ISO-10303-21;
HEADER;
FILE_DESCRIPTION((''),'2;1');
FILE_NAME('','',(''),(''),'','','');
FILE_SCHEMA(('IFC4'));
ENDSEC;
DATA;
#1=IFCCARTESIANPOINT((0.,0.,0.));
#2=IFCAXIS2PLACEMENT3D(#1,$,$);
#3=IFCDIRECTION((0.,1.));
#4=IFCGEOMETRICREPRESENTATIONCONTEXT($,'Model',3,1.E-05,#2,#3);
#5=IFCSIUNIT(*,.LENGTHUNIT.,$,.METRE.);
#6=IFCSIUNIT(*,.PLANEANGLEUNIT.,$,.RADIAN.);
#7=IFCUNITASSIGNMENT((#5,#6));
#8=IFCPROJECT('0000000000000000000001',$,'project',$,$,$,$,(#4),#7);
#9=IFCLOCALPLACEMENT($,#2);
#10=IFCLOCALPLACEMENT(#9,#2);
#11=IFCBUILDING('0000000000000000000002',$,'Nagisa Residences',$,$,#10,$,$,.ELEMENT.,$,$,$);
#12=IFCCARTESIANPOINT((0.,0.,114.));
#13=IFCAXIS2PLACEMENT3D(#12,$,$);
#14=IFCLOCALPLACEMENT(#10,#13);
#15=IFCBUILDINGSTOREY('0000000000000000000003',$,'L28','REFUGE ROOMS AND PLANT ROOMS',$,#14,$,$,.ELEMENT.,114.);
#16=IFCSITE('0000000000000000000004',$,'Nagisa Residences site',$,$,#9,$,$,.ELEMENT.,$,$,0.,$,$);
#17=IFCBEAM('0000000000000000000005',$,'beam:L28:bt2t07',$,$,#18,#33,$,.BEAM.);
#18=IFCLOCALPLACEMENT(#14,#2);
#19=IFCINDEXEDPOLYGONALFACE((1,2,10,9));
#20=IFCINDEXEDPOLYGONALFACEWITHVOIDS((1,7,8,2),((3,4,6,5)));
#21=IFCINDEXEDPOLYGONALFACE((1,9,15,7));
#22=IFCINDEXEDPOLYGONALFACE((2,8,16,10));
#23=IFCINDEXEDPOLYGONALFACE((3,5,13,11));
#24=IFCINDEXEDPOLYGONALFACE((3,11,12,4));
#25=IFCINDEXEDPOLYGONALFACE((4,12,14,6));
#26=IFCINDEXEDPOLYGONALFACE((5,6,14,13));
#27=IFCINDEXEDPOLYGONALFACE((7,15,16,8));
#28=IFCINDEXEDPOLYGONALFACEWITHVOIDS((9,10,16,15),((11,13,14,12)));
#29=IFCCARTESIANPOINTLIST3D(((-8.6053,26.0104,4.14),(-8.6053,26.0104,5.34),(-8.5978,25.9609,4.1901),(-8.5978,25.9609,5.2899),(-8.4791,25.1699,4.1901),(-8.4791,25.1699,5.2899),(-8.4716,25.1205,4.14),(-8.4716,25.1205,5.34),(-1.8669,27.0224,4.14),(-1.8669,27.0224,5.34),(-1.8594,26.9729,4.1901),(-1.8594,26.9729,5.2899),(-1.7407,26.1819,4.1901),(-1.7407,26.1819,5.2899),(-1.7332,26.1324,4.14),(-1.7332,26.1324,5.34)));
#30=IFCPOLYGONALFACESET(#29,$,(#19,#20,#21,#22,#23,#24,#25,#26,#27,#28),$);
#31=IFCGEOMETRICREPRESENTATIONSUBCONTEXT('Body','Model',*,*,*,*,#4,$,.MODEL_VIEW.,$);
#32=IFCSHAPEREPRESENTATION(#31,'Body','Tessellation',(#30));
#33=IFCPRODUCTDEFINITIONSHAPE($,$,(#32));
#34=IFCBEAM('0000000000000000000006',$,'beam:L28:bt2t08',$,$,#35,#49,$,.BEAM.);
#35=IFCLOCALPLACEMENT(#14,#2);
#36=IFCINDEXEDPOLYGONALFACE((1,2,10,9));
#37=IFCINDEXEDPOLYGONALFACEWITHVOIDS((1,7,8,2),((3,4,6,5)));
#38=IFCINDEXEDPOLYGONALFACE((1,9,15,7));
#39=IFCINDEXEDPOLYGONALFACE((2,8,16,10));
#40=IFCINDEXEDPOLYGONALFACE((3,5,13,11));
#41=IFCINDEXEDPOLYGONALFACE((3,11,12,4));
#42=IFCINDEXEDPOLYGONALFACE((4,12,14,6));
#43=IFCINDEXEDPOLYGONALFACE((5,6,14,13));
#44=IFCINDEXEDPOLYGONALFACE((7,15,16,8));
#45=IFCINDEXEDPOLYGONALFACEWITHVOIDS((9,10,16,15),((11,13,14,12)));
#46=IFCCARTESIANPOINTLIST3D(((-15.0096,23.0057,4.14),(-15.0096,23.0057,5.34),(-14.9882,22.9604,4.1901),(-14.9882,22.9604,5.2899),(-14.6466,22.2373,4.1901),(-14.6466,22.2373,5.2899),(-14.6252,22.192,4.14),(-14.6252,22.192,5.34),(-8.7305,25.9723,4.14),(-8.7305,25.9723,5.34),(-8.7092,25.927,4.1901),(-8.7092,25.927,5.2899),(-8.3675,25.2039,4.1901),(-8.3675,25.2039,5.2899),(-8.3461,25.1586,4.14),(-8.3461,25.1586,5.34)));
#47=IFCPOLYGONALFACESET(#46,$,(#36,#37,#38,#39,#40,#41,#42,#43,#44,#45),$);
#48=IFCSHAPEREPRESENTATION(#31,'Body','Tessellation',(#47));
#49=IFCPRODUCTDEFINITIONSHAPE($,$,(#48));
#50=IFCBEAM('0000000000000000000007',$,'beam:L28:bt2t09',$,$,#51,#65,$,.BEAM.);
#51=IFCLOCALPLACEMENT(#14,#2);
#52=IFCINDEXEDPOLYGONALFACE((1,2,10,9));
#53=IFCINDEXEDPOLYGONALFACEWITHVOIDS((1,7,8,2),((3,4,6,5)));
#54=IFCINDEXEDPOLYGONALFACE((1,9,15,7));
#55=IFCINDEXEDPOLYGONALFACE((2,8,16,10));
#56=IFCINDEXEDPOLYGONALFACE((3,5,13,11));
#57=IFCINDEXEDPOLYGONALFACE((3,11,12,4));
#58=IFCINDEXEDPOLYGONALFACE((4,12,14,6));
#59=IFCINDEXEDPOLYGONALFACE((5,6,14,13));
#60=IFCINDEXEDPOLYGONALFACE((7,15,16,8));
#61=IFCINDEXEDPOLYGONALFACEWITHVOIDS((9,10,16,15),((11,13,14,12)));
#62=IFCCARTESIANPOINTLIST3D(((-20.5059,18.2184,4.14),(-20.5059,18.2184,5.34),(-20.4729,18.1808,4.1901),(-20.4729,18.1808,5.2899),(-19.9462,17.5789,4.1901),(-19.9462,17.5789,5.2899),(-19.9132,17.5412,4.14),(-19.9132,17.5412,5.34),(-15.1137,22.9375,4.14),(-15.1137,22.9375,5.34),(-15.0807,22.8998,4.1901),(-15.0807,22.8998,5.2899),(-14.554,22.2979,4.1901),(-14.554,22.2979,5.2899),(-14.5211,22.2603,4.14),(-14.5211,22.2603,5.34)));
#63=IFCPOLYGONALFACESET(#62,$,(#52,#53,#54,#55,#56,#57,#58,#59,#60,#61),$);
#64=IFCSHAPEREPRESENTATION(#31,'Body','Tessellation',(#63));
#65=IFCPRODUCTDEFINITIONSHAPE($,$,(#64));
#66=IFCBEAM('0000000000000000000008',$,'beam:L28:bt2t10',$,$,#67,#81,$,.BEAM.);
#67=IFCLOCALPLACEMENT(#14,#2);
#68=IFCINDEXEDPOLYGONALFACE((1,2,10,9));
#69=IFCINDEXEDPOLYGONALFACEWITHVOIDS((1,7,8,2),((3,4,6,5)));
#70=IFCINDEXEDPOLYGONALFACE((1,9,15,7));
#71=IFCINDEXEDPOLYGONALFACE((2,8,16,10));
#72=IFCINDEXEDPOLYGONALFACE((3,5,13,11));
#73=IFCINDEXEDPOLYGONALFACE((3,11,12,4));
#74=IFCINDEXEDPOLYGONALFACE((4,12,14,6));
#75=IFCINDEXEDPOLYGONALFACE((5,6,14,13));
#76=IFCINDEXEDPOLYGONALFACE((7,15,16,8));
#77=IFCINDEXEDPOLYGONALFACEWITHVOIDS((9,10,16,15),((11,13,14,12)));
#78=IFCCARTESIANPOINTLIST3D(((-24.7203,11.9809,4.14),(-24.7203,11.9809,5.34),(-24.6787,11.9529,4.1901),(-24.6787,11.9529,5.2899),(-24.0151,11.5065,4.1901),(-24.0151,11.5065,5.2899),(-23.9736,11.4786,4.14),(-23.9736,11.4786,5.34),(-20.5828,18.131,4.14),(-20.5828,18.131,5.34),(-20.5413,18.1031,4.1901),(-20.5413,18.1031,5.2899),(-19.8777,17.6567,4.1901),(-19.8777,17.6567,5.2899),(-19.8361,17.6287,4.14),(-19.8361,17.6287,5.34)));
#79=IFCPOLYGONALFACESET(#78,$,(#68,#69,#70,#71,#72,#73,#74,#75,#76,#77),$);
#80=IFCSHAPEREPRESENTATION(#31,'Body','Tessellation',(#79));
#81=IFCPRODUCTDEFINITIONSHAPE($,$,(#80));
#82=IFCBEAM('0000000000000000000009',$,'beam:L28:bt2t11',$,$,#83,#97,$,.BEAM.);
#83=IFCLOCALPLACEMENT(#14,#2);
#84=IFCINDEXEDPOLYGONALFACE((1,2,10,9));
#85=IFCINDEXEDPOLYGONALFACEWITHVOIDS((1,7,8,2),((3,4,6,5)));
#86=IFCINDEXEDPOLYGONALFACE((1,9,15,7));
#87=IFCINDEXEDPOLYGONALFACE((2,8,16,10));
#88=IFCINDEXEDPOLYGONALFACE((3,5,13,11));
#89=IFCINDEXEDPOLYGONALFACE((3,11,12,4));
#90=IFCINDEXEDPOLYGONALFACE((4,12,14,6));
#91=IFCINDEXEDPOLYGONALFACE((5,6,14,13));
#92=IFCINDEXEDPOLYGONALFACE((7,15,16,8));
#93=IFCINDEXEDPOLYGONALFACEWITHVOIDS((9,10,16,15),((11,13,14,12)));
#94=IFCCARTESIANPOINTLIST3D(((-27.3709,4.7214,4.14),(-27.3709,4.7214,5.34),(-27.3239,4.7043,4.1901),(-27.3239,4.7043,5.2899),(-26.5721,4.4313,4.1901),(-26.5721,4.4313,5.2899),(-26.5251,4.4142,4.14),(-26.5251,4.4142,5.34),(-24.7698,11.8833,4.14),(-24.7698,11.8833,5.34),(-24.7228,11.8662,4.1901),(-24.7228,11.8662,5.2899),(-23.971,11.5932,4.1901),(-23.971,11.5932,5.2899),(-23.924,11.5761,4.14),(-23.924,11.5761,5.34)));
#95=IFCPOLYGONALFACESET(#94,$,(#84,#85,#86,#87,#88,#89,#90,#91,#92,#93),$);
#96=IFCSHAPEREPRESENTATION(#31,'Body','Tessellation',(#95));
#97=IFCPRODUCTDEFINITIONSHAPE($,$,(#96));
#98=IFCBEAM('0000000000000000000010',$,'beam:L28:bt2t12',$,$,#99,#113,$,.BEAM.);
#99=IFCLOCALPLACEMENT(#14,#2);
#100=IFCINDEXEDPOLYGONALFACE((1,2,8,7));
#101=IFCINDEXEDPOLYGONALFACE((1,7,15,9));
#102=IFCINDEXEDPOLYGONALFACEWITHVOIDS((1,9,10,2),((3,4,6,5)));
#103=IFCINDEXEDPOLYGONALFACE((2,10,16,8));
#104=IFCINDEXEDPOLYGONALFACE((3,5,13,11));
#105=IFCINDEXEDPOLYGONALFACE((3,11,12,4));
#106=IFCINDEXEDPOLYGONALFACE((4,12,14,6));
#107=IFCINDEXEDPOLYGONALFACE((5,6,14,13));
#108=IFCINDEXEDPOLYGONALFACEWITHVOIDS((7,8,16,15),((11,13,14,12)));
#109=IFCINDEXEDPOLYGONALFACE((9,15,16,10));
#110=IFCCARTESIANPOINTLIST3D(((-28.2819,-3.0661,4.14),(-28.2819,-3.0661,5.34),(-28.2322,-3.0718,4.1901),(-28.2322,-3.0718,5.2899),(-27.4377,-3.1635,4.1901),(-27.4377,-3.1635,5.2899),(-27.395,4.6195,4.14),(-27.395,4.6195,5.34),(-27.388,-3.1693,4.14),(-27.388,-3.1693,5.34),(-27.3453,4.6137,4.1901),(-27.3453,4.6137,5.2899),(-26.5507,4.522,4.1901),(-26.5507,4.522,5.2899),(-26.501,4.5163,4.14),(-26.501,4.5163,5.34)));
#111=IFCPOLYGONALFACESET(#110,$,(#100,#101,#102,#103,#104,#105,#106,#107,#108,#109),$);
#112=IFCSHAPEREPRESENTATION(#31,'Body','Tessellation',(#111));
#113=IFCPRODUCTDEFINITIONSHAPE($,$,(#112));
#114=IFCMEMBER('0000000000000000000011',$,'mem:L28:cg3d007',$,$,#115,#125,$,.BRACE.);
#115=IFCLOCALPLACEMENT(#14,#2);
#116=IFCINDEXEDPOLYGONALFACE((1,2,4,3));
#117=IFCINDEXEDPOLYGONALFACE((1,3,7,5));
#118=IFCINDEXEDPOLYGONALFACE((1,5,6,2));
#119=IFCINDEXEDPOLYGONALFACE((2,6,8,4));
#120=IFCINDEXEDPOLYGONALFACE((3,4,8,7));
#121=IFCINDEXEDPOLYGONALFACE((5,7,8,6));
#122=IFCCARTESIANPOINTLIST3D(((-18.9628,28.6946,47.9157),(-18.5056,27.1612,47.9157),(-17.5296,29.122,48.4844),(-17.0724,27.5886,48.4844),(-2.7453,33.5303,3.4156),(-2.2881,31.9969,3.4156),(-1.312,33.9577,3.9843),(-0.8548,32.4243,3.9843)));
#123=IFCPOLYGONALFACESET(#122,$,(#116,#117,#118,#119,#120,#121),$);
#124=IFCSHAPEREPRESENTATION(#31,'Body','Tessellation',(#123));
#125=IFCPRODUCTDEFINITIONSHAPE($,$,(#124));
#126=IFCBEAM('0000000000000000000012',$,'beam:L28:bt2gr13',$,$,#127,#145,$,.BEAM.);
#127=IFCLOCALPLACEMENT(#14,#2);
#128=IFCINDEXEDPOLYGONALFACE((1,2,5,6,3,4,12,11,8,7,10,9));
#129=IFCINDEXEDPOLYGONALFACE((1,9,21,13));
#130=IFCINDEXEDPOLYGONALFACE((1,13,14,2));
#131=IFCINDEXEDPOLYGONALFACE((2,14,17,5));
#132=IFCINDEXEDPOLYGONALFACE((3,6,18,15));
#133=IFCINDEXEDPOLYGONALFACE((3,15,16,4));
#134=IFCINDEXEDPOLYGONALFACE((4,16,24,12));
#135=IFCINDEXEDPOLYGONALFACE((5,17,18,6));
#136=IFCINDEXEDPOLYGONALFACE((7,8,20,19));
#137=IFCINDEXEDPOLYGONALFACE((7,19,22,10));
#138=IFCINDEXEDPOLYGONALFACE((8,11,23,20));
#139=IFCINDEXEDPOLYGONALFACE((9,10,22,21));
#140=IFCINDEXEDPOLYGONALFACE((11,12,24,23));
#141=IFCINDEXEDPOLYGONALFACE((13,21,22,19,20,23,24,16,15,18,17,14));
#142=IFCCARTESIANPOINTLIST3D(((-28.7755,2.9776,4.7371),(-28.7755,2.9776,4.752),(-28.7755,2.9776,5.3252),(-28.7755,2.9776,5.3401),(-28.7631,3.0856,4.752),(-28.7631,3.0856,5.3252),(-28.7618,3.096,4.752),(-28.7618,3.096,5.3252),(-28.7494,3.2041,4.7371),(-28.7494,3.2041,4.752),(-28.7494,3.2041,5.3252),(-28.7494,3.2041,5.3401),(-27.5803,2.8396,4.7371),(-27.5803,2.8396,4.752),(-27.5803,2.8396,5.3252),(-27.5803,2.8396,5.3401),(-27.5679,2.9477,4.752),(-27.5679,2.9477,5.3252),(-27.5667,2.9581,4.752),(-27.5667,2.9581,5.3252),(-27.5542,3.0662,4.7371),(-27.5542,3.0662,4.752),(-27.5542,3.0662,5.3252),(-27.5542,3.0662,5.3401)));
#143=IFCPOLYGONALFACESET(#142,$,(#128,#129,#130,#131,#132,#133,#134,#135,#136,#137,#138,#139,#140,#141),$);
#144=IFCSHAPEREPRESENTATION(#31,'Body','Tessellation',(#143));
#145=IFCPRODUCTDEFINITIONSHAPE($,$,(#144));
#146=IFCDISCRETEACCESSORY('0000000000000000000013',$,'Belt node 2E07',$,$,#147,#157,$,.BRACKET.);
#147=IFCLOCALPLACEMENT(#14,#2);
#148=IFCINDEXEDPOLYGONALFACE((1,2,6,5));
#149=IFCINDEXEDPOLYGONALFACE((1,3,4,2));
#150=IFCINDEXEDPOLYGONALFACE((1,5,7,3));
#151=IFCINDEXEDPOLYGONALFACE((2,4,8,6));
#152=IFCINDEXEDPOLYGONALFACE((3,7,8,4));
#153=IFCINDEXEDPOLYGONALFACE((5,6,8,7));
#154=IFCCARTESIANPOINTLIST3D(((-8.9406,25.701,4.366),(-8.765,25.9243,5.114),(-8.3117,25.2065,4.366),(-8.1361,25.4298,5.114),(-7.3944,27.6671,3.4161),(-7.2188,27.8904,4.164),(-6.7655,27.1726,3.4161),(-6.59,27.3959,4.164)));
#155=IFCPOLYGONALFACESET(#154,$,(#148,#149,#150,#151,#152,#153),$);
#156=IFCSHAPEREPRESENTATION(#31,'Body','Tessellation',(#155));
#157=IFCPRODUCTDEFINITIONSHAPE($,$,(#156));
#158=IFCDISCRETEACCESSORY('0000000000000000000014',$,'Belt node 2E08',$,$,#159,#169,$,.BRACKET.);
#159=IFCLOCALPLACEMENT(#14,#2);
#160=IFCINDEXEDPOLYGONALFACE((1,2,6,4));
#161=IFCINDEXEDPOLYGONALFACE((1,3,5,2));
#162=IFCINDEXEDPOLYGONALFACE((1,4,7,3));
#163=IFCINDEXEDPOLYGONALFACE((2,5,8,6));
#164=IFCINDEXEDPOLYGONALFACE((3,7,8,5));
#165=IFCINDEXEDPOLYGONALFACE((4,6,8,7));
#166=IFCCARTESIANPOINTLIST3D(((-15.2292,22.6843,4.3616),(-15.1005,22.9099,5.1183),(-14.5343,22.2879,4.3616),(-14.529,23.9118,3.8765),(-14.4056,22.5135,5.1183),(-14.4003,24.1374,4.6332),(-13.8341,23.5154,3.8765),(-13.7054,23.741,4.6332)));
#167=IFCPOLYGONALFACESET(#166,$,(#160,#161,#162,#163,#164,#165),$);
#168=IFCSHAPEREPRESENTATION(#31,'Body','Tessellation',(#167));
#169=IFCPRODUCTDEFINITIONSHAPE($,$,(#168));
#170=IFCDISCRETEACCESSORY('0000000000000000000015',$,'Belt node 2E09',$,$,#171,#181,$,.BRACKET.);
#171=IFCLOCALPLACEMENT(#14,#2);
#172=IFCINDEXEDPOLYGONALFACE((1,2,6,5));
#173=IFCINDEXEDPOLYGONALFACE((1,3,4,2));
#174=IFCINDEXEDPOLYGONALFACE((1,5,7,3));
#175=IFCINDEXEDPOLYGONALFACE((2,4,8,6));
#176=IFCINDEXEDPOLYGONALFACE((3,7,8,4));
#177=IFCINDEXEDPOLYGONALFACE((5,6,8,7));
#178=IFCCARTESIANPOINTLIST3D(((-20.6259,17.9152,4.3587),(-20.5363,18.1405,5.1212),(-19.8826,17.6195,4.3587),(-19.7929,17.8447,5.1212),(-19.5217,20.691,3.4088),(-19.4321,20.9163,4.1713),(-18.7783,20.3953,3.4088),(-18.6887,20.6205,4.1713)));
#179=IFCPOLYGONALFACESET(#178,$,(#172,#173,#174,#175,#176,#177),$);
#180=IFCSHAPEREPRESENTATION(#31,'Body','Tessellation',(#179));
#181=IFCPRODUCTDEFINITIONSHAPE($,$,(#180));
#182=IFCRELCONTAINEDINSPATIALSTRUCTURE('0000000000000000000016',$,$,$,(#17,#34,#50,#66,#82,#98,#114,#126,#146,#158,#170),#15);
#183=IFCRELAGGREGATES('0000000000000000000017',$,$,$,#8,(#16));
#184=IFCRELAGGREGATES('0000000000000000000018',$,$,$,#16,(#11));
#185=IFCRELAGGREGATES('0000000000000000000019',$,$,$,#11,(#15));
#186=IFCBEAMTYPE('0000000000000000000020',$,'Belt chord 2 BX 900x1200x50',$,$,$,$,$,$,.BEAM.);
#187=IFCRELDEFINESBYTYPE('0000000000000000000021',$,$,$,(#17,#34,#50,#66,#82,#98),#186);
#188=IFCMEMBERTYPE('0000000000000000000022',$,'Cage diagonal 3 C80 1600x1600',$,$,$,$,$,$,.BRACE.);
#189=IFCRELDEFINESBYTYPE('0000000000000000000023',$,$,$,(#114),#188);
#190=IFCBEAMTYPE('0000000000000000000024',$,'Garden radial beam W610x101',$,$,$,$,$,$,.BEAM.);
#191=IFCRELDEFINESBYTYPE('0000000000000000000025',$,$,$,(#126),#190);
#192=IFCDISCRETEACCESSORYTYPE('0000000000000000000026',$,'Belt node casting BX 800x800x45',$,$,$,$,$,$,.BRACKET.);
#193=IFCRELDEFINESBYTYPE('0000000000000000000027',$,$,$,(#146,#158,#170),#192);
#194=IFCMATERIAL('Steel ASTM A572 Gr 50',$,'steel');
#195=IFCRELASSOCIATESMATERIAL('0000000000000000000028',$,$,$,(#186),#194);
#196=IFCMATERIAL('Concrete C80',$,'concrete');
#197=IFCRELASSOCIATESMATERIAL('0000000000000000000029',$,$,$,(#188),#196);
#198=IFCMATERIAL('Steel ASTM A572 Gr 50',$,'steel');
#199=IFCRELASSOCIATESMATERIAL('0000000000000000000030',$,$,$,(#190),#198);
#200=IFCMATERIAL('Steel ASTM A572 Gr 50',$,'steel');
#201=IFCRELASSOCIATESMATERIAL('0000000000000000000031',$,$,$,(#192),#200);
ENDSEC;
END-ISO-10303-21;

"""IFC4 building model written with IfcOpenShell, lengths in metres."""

from ifc_helpers import new_model, si_unit, direction, frame, origin, origin_2d, place, context, subcontext, project, spatial, rectangle, hollow_rectangle, i_section, extrude, material, material_profile, profile_set, type_object, element, save


model = new_model("IFC4")

# Units and contexts
model_context = context("Model", 3, precision=1e-05, world=origin(), true_north=direction((0.0, 1.0)))
body_context = subcontext(model_context, "Body", "Model", "MODEL_VIEW")
ifc_project = project(units=[si_unit("LENGTHUNIT", "METRE"), si_unit("PLANEANGLEUNIT", "RADIAN")], contexts=[model_context])

# Site, building, storey
site_placement = place(None, origin())
site = spatial("IfcSite", under=ifc_project, at=site_placement, Name="Nagisa Residences site", CompositionType="ELEMENT", RefElevation=0.0)
building_placement = place(site_placement, origin())
building = spatial("IfcBuilding", under=site, at=building_placement, Name="Nagisa Residences", CompositionType="ELEMENT")
storey_placement = place(building_placement, frame((0.0, 0.0, 114.0)))
storey = spatial("IfcBuildingStorey", under=building, at=storey_placement, Name="L28", Description="REFUGE ROOMS AND PLANT ROOMS", CompositionType="ELEMENT", Elevation=114.0)

# Beams
ifc_material_1 = material(Name="Steel ASTM A572 Gr 50", Category="steel")
ifc_material_profile_1 = material_profile(ifc_material_1, hollow_rectangle(XDim=0.8999, YDim=1.2, WallThickness=0.05, at=origin_2d()), Name="BX 900x1200x50")
ifc_profile_set_1 = profile_set([ifc_material_profile_1], Name="Steel ASTM A572 Gr 50")
beam_type_1 = type_object("IfcBeamType", Name="Belt chord 2 BX 900x1200x50", PredefinedType="BEAM", material=ifc_profile_set_1)
beam_1_placement = place(storey_placement, frame((-1.8, 26.5774, 4.74), z_axis=(-0.98891, -0.148516, 0.0), x_axis=(0.148516, -0.98891, 0.0)))
element("IfcBeam", 1, at=beam_1_placement, inside=storey, type_object=beam_type_1, Name="beam:L28:bt2t07", PredefinedType="BEAM", context=body_context, shape_type="SweptSolid", body=[
    extrude(hollow_rectangle(XDim=0.8999, YDim=1.2, WallThickness=0.05, at=origin_2d()), origin(), (0.0, 0.0, 1.0), 6.814),
])
beam_2_placement = place(storey_placement, frame((-8.5383, 25.5654, 4.74), z_axis=(-0.904168, -0.427176, 0.0), x_axis=(0.427176, -0.904168, 0.0)))
element("IfcBeam", 2, at=beam_2_placement, inside=storey, type_object=beam_type_1, Name="beam:L28:bt2t08", PredefinedType="BEAM", context=body_context, shape_type="SweptSolid", body=[
    extrude(hollow_rectangle(XDim=0.8999, YDim=1.2, WallThickness=0.05, at=origin_2d()), origin(), (0.0, 0.0, 1.0), 6.9446),
])
beam_3_placement = place(storey_placement, frame((-14.8174, 22.5989, 4.74), z_axis=(-0.752513, -0.658577, 0.0), x_axis=(0.658577, -0.752513, 0.0)))
element("IfcBeam", 3, at=beam_3_placement, inside=storey, type_object=beam_type_1, Name="beam:L28:bt2t09", PredefinedType="BEAM", context=body_context, shape_type="SweptSolid", body=[
    extrude(hollow_rectangle(XDim=0.8999, YDim=1.2, WallThickness=0.05, at=origin_2d()), origin(), (0.0, 0.0, 1.0), 7.1655),
])
beam_4_placement = place(storey_placement, frame((-20.2095, 17.8799, 4.74), z_axis=(-0.558184, -0.829717, 0.0), x_axis=(0.829717, -0.558184, 0.0)))
element("IfcBeam", 4, at=beam_4_placement, inside=storey, type_object=beam_type_1, Name="beam:L28:bt2t10", PredefinedType="BEAM", context=body_context, shape_type="SweptSolid", body=[
    extrude(hollow_rectangle(XDim=0.8999, YDim=1.2, WallThickness=0.05, at=origin_2d()), origin(), (0.0, 0.0, 1.0), 7.4124),
])
beam_5_placement = place(storey_placement, frame((-24.3469, 11.7297, 4.74), z_axis=(-0.341367, -0.93993, 0.0), x_axis=(0.93993, -0.341367, 0.0)))
element("IfcBeam", 5, at=beam_5_placement, inside=storey, type_object=beam_type_1, Name="beam:L28:bt2t11", PredefinedType="BEAM", context=body_context, shape_type="SweptSolid", body=[
    extrude(hollow_rectangle(XDim=0.8999, YDim=1.2, WallThickness=0.05, at=origin_2d()), origin(), (0.0, 0.0, 1.0), 7.6196),
])
beam_6_placement = place(storey_placement, frame((-26.948, 4.5679, 4.74), z_axis=(-0.114646, -0.993406, 0.0), x_axis=(0.993406, -0.114646, 0.0)))
element("IfcBeam", 6, at=beam_6_placement, inside=storey, type_object=beam_type_1, Name="beam:L28:bt2t12", PredefinedType="BEAM", context=body_context, shape_type="SweptSolid", body=[
    extrude(hollow_rectangle(XDim=0.8999, YDim=1.2, WallThickness=0.05, at=origin_2d()), origin(), (0.0, 0.0, 1.0), 7.7366),
])

# Member
ifc_material_2 = material(Name="Concrete C80", Category="concrete")
ifc_material_profile_2 = material_profile(ifc_material_2, rectangle(XDim=1.6001, YDim=1.6001, at=origin_2d()), Name="C80 1600x1600")
ifc_profile_set_2 = profile_set([ifc_material_profile_2], Name="Concrete C80")
member_type = type_object("IfcMemberType", Name="Cage diagonal 3 C80 1600x1600", PredefinedType="BRACE", material=ifc_profile_set_2)
member_placement = place(storey_placement, frame((-1.8, 32.9773, 3.7), z_axis=(-0.340638, -0.10157, 0.934692), x_axis=(0.285745, -0.958306, 0.0)))
element("IfcMember", 7, at=member_placement, inside=storey, type_object=member_type, Name="mem:L28:cg3d007", PredefinedType="BRACE", context=body_context, shape_type="SweptSolid", body=[
    extrude(rectangle(XDim=1.6001, YDim=1.6001, at=origin_2d()), origin(), (0.0, 0.0, 1.0), 47.6094),
])

# Beam
ifc_material_3 = material(Name="Steel ASTM A572 Gr 50", Category="steel")
ifc_material_profile_3 = material_profile(ifc_material_3, i_section(OverallWidth=0.228, OverallDepth=0.603, WebThickness=0.0105, FlangeThickness=0.0149, at=origin_2d()), Name="W610x101")
ifc_profile_set_3 = profile_set([ifc_material_profile_3], Name="Steel ASTM A572 Gr 50")
beam_type_2 = type_object("IfcBeamType", Name="Garden radial beam W610x101", PredefinedType="BEAM", material=ifc_profile_set_3)
beam_7_placement = place(storey_placement, frame((-28.7625, 3.0908, 5.0386), z_axis=(0.993407, -0.11464, 0.0), x_axis=(0.11464, 0.993407, 0.0)))
element("IfcBeam", 8, at=beam_7_placement, inside=storey, type_object=beam_type_2, Name="beam:L28:bt2gr13", PredefinedType="BEAM", context=body_context, shape_type="SweptSolid", body=[
    extrude(i_section(OverallWidth=0.228, OverallDepth=0.603, WebThickness=0.0105, FlangeThickness=0.0149, at=origin_2d()), origin(), (0.0, 0.0, 1.0), 1.2031),
])

# Discrete accessories
ifc_material_4 = material(Name="Steel ASTM A572 Gr 50", Category="steel")
discrete_accessory_type_1 = type_object("IfcDiscreteAccessoryType", Name="Belt node casting BX 800x800x45", PredefinedType="BRACKET", material=ifc_material_4)
discrete_accessory_1_placement = place(storey_placement, frame((-6.9922, 27.5315, 3.79), z_axis=(-0.577886, -0.734836, 0.355054), x_axis=(0.786051, -0.618162, 0.0)))
element("IfcDiscreteAccessory", 9, at=discrete_accessory_1_placement, inside=storey, type_object=discrete_accessory_type_1, Name="Belt node 2E07", PredefinedType="BRACKET", context=body_context, shape_type="SweptSolid", body=[
    extrude(rectangle(XDim=0.8, YDim=0.8, at=origin_2d()), origin(), (0.0, 0.0, 1.0), 2.6755),
])
discrete_accessory_2_placement = place(storey_placement, frame((-14.1172, 23.8264, 4.2549), z_axis=(-0.468628, -0.821569, 0.324673), x_axis=(0.868626, -0.495469, 0.0)))
element("IfcDiscreteAccessory", 10, at=discrete_accessory_2_placement, inside=storey, type_object=discrete_accessory_type_1, Name="Belt node 2E08", PredefinedType="BRACKET", context=body_context, shape_type="SweptSolid", body=[
    extrude(rectangle(XDim=0.8, YDim=0.8, at=origin_2d()), origin(), (0.0, 0.0, 1.0), 1.4941),
])
discrete_accessory_3_placement = place(storey_placement, frame((-19.1052, 20.6558, 3.79), z_axis=(-0.352249, -0.885491, 0.303029), x_axis=(0.92918, -0.369629, 0.0)))
element("IfcDiscreteAccessory", 11, at=discrete_accessory_3_placement, inside=storey, type_object=discrete_accessory_type_1, Name="Belt node 2E09", PredefinedType="BRACKET", context=body_context, shape_type="SweptSolid", body=[
    extrude(rectangle(XDim=0.8, YDim=0.8, at=origin_2d()), origin(), (0.0, 0.0, 1.0), 3.1348),
])

save(model, "model.ifc")
